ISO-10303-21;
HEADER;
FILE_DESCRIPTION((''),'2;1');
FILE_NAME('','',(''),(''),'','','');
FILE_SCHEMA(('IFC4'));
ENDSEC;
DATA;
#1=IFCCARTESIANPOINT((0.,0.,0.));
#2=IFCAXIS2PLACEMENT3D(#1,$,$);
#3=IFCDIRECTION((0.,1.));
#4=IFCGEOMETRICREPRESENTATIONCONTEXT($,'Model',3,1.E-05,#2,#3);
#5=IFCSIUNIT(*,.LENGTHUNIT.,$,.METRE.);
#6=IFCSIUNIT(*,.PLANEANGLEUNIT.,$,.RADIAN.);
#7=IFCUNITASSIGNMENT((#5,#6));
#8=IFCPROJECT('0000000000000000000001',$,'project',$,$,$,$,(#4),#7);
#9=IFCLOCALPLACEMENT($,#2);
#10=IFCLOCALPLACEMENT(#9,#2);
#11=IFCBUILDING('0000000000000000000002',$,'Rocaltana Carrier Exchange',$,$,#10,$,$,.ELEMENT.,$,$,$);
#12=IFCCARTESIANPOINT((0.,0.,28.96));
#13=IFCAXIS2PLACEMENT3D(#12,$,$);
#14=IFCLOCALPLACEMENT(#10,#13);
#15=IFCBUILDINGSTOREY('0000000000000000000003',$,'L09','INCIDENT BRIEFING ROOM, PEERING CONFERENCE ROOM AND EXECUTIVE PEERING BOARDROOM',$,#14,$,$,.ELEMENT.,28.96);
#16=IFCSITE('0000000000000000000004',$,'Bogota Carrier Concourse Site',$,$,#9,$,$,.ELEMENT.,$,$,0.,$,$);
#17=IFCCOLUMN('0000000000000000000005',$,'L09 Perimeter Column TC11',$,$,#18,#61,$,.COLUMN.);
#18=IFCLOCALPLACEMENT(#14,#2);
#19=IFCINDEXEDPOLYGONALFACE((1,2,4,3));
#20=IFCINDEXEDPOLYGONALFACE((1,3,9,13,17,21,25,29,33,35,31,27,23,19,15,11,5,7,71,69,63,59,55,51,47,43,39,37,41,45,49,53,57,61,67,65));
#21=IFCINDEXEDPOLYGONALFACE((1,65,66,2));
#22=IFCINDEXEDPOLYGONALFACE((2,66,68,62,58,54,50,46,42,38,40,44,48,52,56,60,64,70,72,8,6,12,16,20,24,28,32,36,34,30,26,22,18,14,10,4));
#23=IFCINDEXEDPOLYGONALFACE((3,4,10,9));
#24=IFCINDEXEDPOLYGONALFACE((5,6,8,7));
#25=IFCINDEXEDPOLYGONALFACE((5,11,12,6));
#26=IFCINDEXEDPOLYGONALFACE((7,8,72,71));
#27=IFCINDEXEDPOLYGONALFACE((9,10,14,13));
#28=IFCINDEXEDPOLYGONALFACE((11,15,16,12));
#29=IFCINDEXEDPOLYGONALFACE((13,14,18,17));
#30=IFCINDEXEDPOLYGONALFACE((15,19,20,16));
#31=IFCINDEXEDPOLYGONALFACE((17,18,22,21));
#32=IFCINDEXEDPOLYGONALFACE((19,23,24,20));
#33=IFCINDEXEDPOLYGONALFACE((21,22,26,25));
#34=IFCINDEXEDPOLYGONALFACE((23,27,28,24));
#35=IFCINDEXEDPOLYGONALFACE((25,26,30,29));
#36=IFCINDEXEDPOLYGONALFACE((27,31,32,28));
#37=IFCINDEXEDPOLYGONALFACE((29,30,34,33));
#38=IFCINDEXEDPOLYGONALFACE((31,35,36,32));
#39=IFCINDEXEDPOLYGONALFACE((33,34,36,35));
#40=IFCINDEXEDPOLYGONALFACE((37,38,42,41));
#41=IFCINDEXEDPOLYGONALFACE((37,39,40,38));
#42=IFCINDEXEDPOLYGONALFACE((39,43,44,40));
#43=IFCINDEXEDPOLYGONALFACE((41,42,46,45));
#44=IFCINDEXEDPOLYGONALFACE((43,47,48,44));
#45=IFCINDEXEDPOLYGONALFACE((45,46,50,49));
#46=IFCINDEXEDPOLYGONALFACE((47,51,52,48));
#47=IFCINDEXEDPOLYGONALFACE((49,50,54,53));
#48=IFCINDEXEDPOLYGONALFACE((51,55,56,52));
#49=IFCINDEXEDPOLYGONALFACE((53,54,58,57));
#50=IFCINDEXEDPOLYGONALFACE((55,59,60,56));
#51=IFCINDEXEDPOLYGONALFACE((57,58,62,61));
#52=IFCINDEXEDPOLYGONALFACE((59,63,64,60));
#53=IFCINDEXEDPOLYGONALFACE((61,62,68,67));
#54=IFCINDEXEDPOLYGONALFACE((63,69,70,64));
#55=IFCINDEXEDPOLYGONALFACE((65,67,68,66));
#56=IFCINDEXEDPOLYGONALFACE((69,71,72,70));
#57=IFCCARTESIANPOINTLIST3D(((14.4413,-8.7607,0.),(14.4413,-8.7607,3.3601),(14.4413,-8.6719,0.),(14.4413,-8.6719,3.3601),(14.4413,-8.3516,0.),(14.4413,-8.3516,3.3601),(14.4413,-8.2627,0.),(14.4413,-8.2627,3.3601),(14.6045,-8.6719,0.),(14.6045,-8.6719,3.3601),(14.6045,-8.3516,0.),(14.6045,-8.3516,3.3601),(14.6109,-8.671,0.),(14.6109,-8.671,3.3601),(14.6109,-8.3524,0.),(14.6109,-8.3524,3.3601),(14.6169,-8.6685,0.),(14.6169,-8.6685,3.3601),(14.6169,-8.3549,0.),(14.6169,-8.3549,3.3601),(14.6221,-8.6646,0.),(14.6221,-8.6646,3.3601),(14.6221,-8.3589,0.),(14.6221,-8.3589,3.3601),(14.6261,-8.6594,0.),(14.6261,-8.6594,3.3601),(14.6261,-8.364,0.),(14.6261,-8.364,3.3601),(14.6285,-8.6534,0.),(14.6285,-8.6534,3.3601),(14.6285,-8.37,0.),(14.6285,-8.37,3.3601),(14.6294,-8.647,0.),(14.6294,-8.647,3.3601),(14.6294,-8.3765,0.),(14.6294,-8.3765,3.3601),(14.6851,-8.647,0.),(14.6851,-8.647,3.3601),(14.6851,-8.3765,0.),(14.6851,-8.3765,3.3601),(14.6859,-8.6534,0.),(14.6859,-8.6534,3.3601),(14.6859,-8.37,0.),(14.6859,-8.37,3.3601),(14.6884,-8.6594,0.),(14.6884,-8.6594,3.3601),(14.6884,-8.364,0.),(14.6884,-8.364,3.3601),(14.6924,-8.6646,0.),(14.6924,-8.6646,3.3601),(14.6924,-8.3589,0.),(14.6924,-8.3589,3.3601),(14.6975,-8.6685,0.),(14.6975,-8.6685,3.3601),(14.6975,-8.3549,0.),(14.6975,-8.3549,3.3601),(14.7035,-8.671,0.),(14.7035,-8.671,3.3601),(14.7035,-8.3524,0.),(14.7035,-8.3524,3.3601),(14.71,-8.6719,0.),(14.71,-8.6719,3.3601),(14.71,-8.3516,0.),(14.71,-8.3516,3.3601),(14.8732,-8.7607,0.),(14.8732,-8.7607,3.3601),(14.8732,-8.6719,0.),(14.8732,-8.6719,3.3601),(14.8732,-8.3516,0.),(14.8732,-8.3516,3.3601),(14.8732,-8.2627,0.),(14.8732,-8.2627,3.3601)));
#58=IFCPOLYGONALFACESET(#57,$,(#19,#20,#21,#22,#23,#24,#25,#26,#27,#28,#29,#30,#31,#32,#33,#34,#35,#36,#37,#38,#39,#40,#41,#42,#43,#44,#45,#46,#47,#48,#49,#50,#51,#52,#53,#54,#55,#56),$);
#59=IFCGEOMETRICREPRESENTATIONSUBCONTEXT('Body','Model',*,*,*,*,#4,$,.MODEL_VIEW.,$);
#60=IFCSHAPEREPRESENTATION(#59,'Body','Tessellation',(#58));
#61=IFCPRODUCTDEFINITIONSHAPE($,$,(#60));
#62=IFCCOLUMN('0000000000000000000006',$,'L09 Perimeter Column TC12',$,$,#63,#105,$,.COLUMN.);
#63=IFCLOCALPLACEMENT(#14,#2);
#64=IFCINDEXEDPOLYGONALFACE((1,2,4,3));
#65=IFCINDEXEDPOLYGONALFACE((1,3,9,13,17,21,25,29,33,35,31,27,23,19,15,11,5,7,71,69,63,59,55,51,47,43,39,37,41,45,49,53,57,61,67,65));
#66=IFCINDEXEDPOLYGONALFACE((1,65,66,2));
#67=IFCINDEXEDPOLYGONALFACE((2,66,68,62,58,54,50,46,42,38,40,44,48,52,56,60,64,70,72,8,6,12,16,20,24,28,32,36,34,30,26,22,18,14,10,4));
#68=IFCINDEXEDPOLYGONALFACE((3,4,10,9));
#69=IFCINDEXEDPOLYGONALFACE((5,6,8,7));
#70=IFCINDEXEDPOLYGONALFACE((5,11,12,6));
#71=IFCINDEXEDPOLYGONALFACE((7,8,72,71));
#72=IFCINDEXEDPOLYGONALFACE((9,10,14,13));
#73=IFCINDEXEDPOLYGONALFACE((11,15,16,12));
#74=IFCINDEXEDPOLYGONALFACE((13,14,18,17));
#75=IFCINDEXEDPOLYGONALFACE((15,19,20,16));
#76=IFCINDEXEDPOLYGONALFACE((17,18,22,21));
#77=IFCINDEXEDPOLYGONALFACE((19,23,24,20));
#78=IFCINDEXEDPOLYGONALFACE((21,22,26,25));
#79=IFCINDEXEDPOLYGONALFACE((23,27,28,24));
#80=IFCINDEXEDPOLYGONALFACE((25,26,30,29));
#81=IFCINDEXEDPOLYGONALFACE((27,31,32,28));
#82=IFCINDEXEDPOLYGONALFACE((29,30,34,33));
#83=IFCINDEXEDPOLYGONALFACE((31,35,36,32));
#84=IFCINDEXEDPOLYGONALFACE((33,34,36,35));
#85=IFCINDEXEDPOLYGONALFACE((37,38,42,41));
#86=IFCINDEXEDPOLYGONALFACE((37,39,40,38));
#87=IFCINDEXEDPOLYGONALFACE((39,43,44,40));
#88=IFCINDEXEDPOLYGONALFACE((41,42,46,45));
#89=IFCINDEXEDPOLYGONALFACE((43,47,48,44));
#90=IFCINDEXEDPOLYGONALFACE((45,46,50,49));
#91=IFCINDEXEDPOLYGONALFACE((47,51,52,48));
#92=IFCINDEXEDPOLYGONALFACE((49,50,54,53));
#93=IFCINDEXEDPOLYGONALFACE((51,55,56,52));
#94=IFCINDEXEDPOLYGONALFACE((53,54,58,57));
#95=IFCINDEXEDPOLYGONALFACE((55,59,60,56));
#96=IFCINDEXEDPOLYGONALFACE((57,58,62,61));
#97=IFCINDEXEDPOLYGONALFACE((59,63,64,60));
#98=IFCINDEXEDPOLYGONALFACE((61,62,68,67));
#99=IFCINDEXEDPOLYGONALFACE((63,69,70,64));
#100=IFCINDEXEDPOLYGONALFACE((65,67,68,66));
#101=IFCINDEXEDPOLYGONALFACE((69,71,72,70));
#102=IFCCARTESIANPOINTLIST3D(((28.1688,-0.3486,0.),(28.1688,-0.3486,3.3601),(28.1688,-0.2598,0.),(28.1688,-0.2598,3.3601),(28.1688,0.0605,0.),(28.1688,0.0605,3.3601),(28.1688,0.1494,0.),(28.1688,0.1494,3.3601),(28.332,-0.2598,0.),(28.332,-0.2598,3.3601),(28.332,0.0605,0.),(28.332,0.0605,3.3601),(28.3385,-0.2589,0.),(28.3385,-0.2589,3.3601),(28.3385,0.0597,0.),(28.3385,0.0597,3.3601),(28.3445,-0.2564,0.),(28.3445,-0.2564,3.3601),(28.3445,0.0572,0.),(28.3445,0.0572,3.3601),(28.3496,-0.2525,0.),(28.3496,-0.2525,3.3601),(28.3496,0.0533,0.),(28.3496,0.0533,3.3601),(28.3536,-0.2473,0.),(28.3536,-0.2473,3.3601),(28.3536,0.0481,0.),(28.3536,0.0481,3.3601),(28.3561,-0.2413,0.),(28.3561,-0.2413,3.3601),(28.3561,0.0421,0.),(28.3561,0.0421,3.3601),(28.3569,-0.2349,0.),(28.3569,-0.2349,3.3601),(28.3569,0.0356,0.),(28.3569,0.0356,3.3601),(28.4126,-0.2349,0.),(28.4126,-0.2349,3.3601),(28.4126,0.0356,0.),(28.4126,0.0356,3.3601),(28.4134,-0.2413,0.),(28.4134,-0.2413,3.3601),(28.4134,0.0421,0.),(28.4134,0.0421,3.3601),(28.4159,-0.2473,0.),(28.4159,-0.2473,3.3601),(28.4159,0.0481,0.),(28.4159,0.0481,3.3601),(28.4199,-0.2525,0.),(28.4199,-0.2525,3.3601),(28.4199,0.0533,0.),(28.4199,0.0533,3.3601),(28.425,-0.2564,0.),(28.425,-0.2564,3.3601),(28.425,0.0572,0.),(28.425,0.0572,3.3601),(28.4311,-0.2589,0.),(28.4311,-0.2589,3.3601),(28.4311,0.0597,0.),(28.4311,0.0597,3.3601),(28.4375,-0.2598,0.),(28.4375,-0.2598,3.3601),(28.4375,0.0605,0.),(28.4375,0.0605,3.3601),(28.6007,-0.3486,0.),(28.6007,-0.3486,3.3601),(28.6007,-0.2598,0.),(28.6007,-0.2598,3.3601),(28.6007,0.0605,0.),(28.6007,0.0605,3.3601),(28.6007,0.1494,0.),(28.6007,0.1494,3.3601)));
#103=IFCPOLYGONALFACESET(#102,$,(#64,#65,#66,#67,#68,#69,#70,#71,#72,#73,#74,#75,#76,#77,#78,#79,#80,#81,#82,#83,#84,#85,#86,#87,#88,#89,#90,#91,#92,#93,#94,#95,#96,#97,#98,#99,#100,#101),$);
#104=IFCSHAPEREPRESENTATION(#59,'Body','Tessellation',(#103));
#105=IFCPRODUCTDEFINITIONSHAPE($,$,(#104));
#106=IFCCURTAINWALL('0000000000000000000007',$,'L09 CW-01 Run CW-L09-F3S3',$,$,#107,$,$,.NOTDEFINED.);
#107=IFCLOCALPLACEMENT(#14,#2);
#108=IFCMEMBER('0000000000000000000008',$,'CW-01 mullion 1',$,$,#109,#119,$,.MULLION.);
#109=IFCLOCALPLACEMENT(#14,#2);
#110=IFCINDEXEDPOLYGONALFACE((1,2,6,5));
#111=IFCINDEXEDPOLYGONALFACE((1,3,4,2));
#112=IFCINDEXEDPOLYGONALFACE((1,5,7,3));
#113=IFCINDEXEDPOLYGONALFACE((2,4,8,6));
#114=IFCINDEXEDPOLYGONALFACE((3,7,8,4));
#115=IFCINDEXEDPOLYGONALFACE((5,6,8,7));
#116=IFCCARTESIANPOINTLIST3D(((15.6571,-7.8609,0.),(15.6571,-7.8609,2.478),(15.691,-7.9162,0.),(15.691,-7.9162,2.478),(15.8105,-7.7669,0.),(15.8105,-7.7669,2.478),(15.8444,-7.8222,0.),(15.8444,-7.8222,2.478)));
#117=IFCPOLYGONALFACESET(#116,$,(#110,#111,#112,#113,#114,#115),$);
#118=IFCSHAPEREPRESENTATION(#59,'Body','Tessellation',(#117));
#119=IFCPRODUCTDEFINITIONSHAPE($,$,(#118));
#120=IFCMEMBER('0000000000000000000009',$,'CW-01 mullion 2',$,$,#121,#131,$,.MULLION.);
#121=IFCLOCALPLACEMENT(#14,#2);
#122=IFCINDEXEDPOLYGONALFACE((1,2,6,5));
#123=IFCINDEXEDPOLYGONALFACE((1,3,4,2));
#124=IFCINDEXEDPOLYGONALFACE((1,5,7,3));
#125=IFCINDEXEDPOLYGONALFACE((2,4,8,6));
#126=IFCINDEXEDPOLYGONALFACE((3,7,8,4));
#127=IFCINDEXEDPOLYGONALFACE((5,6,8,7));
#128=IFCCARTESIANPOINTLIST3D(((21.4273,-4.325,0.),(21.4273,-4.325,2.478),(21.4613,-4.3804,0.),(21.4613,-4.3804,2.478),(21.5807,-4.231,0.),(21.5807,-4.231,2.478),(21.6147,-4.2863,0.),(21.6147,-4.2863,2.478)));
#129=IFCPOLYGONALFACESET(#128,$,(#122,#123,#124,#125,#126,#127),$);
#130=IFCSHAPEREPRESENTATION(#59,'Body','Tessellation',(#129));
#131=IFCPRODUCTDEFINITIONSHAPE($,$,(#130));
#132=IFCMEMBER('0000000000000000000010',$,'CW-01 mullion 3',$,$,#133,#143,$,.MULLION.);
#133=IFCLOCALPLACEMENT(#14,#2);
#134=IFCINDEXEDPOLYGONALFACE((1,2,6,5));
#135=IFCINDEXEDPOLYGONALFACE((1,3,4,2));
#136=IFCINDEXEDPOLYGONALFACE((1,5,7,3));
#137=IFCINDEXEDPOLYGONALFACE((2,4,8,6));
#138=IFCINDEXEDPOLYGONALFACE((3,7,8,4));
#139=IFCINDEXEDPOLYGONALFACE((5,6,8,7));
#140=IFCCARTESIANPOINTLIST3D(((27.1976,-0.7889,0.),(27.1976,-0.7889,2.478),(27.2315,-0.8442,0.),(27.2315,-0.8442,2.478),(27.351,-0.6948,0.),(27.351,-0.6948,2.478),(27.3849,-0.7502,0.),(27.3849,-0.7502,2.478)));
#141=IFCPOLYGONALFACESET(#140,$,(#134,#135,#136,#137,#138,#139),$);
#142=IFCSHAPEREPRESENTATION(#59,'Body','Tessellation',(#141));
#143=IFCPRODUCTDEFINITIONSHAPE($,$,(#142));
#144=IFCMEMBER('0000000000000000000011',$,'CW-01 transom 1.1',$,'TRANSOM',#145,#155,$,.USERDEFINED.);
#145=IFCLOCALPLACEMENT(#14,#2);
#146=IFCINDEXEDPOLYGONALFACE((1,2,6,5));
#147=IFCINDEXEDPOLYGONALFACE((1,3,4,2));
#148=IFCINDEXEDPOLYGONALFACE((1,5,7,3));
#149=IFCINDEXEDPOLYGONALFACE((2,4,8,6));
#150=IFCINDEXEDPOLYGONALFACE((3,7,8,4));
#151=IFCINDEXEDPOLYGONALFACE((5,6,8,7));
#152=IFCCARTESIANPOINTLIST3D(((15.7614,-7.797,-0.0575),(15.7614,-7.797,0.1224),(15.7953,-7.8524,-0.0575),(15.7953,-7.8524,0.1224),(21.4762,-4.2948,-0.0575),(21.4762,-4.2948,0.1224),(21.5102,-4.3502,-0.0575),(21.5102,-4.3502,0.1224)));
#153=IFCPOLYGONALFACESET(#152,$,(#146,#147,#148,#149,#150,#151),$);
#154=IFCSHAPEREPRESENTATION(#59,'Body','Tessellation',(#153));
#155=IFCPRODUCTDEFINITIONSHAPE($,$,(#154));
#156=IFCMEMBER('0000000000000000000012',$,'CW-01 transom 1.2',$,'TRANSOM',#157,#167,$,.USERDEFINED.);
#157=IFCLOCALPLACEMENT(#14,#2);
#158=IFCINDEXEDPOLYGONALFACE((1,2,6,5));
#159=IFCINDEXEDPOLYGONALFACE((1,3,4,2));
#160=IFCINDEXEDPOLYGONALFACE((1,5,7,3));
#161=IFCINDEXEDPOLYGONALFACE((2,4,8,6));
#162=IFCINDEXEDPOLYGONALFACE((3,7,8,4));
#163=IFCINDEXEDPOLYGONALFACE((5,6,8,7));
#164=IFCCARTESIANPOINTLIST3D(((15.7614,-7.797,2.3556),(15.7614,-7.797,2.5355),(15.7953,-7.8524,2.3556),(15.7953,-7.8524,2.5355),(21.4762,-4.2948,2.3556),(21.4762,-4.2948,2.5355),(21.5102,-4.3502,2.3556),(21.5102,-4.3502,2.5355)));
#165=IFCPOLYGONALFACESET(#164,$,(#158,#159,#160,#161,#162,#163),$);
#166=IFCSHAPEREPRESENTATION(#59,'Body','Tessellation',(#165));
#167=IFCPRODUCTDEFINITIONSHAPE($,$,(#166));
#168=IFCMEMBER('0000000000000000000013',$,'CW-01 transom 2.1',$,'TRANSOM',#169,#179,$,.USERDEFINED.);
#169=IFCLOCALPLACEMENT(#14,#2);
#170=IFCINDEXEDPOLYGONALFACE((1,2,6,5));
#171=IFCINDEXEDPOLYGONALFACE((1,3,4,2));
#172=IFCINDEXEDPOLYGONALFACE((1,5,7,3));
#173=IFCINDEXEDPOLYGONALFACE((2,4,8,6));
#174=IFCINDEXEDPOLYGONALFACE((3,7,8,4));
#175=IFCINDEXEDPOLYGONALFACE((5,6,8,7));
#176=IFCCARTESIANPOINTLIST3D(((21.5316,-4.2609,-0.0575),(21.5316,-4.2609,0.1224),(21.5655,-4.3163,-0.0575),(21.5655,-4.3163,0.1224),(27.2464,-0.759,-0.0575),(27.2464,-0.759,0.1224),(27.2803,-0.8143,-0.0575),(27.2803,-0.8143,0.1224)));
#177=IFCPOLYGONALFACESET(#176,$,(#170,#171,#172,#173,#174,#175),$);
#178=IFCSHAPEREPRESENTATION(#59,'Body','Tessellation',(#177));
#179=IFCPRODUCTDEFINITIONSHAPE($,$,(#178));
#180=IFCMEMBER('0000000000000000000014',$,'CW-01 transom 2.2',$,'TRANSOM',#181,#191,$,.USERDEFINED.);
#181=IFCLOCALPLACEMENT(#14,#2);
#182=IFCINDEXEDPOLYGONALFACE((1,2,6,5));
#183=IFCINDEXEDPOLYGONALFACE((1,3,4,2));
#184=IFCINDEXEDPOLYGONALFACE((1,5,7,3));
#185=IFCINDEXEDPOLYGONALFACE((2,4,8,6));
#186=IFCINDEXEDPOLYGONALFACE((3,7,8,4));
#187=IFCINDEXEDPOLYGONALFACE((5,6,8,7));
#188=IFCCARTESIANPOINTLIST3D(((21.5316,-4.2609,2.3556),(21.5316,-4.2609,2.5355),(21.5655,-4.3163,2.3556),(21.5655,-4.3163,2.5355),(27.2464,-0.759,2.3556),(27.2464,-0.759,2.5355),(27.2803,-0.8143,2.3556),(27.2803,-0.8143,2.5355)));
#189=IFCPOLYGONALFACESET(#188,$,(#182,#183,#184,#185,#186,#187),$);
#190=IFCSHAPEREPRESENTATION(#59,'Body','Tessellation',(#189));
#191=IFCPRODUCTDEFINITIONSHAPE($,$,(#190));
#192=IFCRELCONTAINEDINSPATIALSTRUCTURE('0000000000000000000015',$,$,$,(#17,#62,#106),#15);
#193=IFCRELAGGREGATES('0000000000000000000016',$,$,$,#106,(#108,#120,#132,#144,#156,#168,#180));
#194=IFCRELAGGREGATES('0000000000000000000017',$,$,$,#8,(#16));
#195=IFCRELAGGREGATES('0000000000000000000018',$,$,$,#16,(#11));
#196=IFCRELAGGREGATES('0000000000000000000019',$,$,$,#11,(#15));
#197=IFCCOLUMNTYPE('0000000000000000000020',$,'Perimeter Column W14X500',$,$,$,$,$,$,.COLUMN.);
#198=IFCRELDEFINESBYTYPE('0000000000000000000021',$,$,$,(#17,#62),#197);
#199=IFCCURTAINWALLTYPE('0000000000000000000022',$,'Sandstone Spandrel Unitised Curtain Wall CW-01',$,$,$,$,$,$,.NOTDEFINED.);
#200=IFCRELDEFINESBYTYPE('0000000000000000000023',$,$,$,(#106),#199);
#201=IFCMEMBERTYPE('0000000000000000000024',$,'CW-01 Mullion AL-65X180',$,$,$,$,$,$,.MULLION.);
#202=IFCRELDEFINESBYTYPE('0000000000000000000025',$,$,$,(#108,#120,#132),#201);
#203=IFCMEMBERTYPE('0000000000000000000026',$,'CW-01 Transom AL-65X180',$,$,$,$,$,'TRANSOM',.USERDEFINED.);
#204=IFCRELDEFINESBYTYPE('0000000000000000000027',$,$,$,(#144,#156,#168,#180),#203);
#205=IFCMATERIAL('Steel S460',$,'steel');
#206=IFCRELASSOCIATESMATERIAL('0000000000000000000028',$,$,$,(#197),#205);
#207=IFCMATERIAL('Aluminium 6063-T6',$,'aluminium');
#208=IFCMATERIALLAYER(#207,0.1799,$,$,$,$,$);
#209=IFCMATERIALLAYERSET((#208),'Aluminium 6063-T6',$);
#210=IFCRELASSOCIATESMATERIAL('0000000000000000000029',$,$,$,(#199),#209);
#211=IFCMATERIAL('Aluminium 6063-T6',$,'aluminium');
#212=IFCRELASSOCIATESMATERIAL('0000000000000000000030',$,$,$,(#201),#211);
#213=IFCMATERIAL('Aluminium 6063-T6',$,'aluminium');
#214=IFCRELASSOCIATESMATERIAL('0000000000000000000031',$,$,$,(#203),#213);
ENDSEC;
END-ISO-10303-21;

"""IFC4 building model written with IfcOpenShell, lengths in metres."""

from ifc_helpers import new_model, si_unit, direction, frame, origin, origin_2d, place, context, subcontext, project, spatial, rectangle, i_section, extrude, material, layer, layer_set, material_profile, profile_set, type_object, element, aggregate, save


model = new_model("IFC4")

# Units and contexts
model_context = context("Model", 3, precision=1e-05, world=origin(), true_north=direction((0.0, 1.0)))
body_context = subcontext(model_context, "Body", "Model", "MODEL_VIEW")
ifc_project = project(units=[si_unit("LENGTHUNIT", "METRE"), si_unit("PLANEANGLEUNIT", "RADIAN")], contexts=[model_context])

# Site, building, storey
site_placement = place(None, origin())
site = spatial("IfcSite", under=ifc_project, at=site_placement, Name="Bogota Carrier Concourse Site", CompositionType="ELEMENT", RefElevation=0.0)
building_placement = place(site_placement, origin())
building = spatial("IfcBuilding", under=site, at=building_placement, Name="Rocaltana Carrier Exchange", CompositionType="ELEMENT")
storey_placement = place(building_placement, frame((0.0, 0.0, 28.96)))
storey = spatial("IfcBuildingStorey", under=building, at=storey_placement, Name="L09", Description="INCIDENT BRIEFING ROOM, PEERING CONFERENCE ROOM AND EXECUTIVE PEERING BOARDROOM", CompositionType="ELEMENT", Elevation=28.96)

# Columns
ifc_material_1 = material(Name="Steel S460", Category="steel")
ifc_material_profile_1 = material_profile(ifc_material_1, i_section(OverallWidth=0.4319, OverallDepth=0.498, WebThickness=0.0557, FlangeThickness=0.0889, FilletRadius=0.0249, at=origin_2d()), Name="W14X500")
ifc_profile_set_1 = profile_set([ifc_material_profile_1], Name="Steel S460")
column_type = type_object("IfcColumnType", Name="Perimeter Column W14X500", PredefinedType="COLUMN", material=ifc_profile_set_1)
for number, where, z_axis, x_axis, name in (
    (1, (14.6572, -8.5117, 0.0), (0.0, 0.0, 1.0), (1.0, 0.0, 0.0), "L09 Perimeter Column TC11"),
    (2, (28.3848, -0.0996, 0.0), (0.0, 0.0, 1.0), (1.0, 0.0, 0.0), "L09 Perimeter Column TC12"),
):
    element("IfcColumn", number, at=place(storey_placement, frame(where, z_axis=z_axis, x_axis=x_axis)), inside=storey, type_object=column_type, Name=name, PredefinedType="COLUMN", context=body_context, shape_type="SweptSolid", body=[
        extrude(i_section(OverallWidth=0.4319, OverallDepth=0.498, WebThickness=0.0557, FlangeThickness=0.0889, FilletRadius=0.0249, at=origin_2d()), origin(), (0.0, 0.0, 1.0), 3.3601),
    ])

# Curtain wall, members
ifc_material_2 = material(Name="Aluminium 6063-T6", Category="aluminium")
ifc_layer_1 = layer(ifc_material_2, 0.1799)
ifc_layer_set_1 = layer_set([ifc_layer_1], Name="Aluminium 6063-T6")
curtain_wall_type = type_object("IfcCurtainWallType", Name="Sandstone Spandrel Unitised Curtain Wall CW-01", PredefinedType="NOTDEFINED", material=ifc_layer_set_1)
curtain_wall_placement = place(storey_placement, origin())
curtain_wall = element("IfcCurtainWall", 3, at=curtain_wall_placement, inside=storey, type_object=curtain_wall_type, Name="L09 CW-01 Run CW-L09-F3S3", PredefinedType="NOTDEFINED")
ifc_material_3 = material(Name="Aluminium 6063-T6", Category="aluminium")
ifc_material_profile_2 = material_profile(ifc_material_3, rectangle(XDim=0.0649, YDim=0.1799, at=origin_2d()), Name="AL-65X180")
ifc_profile_set_2 = profile_set([ifc_material_profile_2], Name="Aluminium 6063-T6")
member_type_1 = type_object("IfcMemberType", Name="CW-01 Mullion AL-65X180", PredefinedType="MULLION", material=ifc_profile_set_2)
member_1_placement = place(storey_placement, frame((15.7507, -7.8416, 0.0), z_axis=(0.0, 0.0, 1.0), x_axis=(-0.5225, 0.852639, 0.0)))
member_1 = element("IfcMember", 4, at=member_1_placement, type_object=member_type_1, Name="CW-01 mullion 1", PredefinedType="MULLION", context=body_context, shape_type="SweptSolid", body=[
    extrude(rectangle(XDim=0.0649, YDim=0.1799, at=origin_2d()), origin(), (0.0, 0.0, 1.0), 2.478),
])
member_2_placement = place(storey_placement, frame((21.521, -4.3057, 0.0), z_axis=(0.0, 0.0, 1.0), x_axis=(-0.5225, 0.852639, 0.0)))
member_2 = element("IfcMember", 5, at=member_2_placement, type_object=member_type_1, Name="CW-01 mullion 2", PredefinedType="MULLION", context=body_context, shape_type="SweptSolid", body=[
    extrude(rectangle(XDim=0.0649, YDim=0.1799, at=origin_2d()), origin(), (0.0, 0.0, 1.0), 2.478),
])
member_3_placement = place(storey_placement, frame((27.2913, -0.7695, 0.0), z_axis=(0.0, 0.0, 1.0), x_axis=(-0.5225, 0.852639, 0.0)))
member_3 = element("IfcMember", 6, at=member_3_placement, type_object=member_type_1, Name="CW-01 mullion 3", PredefinedType="MULLION", context=body_context, shape_type="SweptSolid", body=[
    extrude(rectangle(XDim=0.0649, YDim=0.1799, at=origin_2d()), origin(), (0.0, 0.0, 1.0), 2.478),
])
ifc_material_4 = material(Name="Aluminium 6063-T6", Category="aluminium")
ifc_material_profile_3 = material_profile(ifc_material_4, rectangle(XDim=0.0649, YDim=0.1799, at=origin_2d()), Name="AL-65X180")
ifc_profile_set_3 = profile_set([ifc_material_profile_3], Name="Aluminium 6063-T6")
member_type_2 = type_object("IfcMemberType", Name="CW-01 Transom AL-65X180", ElementType="TRANSOM", PredefinedType="USERDEFINED", material=ifc_profile_set_3)
member_4_placement = place(storey_placement, frame((15.7783, -7.8247, 0.0325), z_axis=(0.852631, 0.522513, 0.0), x_axis=(-0.522513, 0.852631, 0.0)))
member_4 = element("IfcMember", 7, at=member_4_placement, type_object=member_type_2, Name="CW-01 transom 1.1", ObjectType="TRANSOM", PredefinedType="USERDEFINED", context=body_context, shape_type="SweptSolid", body=[
    extrude(rectangle(XDim=0.0649, YDim=0.1799, at=origin_2d()), origin(), (0.0, 0.0, 1.0), 6.7026),
])
member_5_placement = place(storey_placement, frame((15.7783, -7.8247, 2.4456), z_axis=(0.852631, 0.522513, 0.0), x_axis=(-0.522513, 0.852631, 0.0)))
member_5 = element("IfcMember", 8, at=member_5_placement, type_object=member_type_2, Name="CW-01 transom 1.2", ObjectType="TRANSOM", PredefinedType="USERDEFINED", context=body_context, shape_type="SweptSolid", body=[
    extrude(rectangle(XDim=0.0649, YDim=0.1799, at=origin_2d()), origin(), (0.0, 0.0, 1.0), 6.7026),
])
member_6_placement = place(storey_placement, frame((21.5486, -4.2886, 0.0325), z_axis=(0.852647, 0.522487, 0.0), x_axis=(-0.522487, 0.852647, 0.0)))
member_6 = element("IfcMember", 9, at=member_6_placement, type_object=member_type_2, Name="CW-01 transom 2.1", ObjectType="TRANSOM", PredefinedType="USERDEFINED", context=body_context, shape_type="SweptSolid", body=[
    extrude(rectangle(XDim=0.0649, YDim=0.1799, at=origin_2d()), origin(), (0.0, 0.0, 1.0), 6.7024),
])
member_7_placement = place(storey_placement, frame((21.5486, -4.2886, 2.4456), z_axis=(0.852647, 0.522487, 0.0), x_axis=(-0.522487, 0.852647, 0.0)))
member_7 = element("IfcMember", 10, at=member_7_placement, type_object=member_type_2, Name="CW-01 transom 2.2", ObjectType="TRANSOM", PredefinedType="USERDEFINED", context=body_context, shape_type="SweptSolid", body=[
    extrude(rectangle(XDim=0.0649, YDim=0.1799, at=origin_2d()), origin(), (0.0, 0.0, 1.0), 6.7024),
])

aggregate(curtain_wall, [member_1, member_2, member_3, member_4, member_5, member_6, member_7])

save(model, "model.ifc")
